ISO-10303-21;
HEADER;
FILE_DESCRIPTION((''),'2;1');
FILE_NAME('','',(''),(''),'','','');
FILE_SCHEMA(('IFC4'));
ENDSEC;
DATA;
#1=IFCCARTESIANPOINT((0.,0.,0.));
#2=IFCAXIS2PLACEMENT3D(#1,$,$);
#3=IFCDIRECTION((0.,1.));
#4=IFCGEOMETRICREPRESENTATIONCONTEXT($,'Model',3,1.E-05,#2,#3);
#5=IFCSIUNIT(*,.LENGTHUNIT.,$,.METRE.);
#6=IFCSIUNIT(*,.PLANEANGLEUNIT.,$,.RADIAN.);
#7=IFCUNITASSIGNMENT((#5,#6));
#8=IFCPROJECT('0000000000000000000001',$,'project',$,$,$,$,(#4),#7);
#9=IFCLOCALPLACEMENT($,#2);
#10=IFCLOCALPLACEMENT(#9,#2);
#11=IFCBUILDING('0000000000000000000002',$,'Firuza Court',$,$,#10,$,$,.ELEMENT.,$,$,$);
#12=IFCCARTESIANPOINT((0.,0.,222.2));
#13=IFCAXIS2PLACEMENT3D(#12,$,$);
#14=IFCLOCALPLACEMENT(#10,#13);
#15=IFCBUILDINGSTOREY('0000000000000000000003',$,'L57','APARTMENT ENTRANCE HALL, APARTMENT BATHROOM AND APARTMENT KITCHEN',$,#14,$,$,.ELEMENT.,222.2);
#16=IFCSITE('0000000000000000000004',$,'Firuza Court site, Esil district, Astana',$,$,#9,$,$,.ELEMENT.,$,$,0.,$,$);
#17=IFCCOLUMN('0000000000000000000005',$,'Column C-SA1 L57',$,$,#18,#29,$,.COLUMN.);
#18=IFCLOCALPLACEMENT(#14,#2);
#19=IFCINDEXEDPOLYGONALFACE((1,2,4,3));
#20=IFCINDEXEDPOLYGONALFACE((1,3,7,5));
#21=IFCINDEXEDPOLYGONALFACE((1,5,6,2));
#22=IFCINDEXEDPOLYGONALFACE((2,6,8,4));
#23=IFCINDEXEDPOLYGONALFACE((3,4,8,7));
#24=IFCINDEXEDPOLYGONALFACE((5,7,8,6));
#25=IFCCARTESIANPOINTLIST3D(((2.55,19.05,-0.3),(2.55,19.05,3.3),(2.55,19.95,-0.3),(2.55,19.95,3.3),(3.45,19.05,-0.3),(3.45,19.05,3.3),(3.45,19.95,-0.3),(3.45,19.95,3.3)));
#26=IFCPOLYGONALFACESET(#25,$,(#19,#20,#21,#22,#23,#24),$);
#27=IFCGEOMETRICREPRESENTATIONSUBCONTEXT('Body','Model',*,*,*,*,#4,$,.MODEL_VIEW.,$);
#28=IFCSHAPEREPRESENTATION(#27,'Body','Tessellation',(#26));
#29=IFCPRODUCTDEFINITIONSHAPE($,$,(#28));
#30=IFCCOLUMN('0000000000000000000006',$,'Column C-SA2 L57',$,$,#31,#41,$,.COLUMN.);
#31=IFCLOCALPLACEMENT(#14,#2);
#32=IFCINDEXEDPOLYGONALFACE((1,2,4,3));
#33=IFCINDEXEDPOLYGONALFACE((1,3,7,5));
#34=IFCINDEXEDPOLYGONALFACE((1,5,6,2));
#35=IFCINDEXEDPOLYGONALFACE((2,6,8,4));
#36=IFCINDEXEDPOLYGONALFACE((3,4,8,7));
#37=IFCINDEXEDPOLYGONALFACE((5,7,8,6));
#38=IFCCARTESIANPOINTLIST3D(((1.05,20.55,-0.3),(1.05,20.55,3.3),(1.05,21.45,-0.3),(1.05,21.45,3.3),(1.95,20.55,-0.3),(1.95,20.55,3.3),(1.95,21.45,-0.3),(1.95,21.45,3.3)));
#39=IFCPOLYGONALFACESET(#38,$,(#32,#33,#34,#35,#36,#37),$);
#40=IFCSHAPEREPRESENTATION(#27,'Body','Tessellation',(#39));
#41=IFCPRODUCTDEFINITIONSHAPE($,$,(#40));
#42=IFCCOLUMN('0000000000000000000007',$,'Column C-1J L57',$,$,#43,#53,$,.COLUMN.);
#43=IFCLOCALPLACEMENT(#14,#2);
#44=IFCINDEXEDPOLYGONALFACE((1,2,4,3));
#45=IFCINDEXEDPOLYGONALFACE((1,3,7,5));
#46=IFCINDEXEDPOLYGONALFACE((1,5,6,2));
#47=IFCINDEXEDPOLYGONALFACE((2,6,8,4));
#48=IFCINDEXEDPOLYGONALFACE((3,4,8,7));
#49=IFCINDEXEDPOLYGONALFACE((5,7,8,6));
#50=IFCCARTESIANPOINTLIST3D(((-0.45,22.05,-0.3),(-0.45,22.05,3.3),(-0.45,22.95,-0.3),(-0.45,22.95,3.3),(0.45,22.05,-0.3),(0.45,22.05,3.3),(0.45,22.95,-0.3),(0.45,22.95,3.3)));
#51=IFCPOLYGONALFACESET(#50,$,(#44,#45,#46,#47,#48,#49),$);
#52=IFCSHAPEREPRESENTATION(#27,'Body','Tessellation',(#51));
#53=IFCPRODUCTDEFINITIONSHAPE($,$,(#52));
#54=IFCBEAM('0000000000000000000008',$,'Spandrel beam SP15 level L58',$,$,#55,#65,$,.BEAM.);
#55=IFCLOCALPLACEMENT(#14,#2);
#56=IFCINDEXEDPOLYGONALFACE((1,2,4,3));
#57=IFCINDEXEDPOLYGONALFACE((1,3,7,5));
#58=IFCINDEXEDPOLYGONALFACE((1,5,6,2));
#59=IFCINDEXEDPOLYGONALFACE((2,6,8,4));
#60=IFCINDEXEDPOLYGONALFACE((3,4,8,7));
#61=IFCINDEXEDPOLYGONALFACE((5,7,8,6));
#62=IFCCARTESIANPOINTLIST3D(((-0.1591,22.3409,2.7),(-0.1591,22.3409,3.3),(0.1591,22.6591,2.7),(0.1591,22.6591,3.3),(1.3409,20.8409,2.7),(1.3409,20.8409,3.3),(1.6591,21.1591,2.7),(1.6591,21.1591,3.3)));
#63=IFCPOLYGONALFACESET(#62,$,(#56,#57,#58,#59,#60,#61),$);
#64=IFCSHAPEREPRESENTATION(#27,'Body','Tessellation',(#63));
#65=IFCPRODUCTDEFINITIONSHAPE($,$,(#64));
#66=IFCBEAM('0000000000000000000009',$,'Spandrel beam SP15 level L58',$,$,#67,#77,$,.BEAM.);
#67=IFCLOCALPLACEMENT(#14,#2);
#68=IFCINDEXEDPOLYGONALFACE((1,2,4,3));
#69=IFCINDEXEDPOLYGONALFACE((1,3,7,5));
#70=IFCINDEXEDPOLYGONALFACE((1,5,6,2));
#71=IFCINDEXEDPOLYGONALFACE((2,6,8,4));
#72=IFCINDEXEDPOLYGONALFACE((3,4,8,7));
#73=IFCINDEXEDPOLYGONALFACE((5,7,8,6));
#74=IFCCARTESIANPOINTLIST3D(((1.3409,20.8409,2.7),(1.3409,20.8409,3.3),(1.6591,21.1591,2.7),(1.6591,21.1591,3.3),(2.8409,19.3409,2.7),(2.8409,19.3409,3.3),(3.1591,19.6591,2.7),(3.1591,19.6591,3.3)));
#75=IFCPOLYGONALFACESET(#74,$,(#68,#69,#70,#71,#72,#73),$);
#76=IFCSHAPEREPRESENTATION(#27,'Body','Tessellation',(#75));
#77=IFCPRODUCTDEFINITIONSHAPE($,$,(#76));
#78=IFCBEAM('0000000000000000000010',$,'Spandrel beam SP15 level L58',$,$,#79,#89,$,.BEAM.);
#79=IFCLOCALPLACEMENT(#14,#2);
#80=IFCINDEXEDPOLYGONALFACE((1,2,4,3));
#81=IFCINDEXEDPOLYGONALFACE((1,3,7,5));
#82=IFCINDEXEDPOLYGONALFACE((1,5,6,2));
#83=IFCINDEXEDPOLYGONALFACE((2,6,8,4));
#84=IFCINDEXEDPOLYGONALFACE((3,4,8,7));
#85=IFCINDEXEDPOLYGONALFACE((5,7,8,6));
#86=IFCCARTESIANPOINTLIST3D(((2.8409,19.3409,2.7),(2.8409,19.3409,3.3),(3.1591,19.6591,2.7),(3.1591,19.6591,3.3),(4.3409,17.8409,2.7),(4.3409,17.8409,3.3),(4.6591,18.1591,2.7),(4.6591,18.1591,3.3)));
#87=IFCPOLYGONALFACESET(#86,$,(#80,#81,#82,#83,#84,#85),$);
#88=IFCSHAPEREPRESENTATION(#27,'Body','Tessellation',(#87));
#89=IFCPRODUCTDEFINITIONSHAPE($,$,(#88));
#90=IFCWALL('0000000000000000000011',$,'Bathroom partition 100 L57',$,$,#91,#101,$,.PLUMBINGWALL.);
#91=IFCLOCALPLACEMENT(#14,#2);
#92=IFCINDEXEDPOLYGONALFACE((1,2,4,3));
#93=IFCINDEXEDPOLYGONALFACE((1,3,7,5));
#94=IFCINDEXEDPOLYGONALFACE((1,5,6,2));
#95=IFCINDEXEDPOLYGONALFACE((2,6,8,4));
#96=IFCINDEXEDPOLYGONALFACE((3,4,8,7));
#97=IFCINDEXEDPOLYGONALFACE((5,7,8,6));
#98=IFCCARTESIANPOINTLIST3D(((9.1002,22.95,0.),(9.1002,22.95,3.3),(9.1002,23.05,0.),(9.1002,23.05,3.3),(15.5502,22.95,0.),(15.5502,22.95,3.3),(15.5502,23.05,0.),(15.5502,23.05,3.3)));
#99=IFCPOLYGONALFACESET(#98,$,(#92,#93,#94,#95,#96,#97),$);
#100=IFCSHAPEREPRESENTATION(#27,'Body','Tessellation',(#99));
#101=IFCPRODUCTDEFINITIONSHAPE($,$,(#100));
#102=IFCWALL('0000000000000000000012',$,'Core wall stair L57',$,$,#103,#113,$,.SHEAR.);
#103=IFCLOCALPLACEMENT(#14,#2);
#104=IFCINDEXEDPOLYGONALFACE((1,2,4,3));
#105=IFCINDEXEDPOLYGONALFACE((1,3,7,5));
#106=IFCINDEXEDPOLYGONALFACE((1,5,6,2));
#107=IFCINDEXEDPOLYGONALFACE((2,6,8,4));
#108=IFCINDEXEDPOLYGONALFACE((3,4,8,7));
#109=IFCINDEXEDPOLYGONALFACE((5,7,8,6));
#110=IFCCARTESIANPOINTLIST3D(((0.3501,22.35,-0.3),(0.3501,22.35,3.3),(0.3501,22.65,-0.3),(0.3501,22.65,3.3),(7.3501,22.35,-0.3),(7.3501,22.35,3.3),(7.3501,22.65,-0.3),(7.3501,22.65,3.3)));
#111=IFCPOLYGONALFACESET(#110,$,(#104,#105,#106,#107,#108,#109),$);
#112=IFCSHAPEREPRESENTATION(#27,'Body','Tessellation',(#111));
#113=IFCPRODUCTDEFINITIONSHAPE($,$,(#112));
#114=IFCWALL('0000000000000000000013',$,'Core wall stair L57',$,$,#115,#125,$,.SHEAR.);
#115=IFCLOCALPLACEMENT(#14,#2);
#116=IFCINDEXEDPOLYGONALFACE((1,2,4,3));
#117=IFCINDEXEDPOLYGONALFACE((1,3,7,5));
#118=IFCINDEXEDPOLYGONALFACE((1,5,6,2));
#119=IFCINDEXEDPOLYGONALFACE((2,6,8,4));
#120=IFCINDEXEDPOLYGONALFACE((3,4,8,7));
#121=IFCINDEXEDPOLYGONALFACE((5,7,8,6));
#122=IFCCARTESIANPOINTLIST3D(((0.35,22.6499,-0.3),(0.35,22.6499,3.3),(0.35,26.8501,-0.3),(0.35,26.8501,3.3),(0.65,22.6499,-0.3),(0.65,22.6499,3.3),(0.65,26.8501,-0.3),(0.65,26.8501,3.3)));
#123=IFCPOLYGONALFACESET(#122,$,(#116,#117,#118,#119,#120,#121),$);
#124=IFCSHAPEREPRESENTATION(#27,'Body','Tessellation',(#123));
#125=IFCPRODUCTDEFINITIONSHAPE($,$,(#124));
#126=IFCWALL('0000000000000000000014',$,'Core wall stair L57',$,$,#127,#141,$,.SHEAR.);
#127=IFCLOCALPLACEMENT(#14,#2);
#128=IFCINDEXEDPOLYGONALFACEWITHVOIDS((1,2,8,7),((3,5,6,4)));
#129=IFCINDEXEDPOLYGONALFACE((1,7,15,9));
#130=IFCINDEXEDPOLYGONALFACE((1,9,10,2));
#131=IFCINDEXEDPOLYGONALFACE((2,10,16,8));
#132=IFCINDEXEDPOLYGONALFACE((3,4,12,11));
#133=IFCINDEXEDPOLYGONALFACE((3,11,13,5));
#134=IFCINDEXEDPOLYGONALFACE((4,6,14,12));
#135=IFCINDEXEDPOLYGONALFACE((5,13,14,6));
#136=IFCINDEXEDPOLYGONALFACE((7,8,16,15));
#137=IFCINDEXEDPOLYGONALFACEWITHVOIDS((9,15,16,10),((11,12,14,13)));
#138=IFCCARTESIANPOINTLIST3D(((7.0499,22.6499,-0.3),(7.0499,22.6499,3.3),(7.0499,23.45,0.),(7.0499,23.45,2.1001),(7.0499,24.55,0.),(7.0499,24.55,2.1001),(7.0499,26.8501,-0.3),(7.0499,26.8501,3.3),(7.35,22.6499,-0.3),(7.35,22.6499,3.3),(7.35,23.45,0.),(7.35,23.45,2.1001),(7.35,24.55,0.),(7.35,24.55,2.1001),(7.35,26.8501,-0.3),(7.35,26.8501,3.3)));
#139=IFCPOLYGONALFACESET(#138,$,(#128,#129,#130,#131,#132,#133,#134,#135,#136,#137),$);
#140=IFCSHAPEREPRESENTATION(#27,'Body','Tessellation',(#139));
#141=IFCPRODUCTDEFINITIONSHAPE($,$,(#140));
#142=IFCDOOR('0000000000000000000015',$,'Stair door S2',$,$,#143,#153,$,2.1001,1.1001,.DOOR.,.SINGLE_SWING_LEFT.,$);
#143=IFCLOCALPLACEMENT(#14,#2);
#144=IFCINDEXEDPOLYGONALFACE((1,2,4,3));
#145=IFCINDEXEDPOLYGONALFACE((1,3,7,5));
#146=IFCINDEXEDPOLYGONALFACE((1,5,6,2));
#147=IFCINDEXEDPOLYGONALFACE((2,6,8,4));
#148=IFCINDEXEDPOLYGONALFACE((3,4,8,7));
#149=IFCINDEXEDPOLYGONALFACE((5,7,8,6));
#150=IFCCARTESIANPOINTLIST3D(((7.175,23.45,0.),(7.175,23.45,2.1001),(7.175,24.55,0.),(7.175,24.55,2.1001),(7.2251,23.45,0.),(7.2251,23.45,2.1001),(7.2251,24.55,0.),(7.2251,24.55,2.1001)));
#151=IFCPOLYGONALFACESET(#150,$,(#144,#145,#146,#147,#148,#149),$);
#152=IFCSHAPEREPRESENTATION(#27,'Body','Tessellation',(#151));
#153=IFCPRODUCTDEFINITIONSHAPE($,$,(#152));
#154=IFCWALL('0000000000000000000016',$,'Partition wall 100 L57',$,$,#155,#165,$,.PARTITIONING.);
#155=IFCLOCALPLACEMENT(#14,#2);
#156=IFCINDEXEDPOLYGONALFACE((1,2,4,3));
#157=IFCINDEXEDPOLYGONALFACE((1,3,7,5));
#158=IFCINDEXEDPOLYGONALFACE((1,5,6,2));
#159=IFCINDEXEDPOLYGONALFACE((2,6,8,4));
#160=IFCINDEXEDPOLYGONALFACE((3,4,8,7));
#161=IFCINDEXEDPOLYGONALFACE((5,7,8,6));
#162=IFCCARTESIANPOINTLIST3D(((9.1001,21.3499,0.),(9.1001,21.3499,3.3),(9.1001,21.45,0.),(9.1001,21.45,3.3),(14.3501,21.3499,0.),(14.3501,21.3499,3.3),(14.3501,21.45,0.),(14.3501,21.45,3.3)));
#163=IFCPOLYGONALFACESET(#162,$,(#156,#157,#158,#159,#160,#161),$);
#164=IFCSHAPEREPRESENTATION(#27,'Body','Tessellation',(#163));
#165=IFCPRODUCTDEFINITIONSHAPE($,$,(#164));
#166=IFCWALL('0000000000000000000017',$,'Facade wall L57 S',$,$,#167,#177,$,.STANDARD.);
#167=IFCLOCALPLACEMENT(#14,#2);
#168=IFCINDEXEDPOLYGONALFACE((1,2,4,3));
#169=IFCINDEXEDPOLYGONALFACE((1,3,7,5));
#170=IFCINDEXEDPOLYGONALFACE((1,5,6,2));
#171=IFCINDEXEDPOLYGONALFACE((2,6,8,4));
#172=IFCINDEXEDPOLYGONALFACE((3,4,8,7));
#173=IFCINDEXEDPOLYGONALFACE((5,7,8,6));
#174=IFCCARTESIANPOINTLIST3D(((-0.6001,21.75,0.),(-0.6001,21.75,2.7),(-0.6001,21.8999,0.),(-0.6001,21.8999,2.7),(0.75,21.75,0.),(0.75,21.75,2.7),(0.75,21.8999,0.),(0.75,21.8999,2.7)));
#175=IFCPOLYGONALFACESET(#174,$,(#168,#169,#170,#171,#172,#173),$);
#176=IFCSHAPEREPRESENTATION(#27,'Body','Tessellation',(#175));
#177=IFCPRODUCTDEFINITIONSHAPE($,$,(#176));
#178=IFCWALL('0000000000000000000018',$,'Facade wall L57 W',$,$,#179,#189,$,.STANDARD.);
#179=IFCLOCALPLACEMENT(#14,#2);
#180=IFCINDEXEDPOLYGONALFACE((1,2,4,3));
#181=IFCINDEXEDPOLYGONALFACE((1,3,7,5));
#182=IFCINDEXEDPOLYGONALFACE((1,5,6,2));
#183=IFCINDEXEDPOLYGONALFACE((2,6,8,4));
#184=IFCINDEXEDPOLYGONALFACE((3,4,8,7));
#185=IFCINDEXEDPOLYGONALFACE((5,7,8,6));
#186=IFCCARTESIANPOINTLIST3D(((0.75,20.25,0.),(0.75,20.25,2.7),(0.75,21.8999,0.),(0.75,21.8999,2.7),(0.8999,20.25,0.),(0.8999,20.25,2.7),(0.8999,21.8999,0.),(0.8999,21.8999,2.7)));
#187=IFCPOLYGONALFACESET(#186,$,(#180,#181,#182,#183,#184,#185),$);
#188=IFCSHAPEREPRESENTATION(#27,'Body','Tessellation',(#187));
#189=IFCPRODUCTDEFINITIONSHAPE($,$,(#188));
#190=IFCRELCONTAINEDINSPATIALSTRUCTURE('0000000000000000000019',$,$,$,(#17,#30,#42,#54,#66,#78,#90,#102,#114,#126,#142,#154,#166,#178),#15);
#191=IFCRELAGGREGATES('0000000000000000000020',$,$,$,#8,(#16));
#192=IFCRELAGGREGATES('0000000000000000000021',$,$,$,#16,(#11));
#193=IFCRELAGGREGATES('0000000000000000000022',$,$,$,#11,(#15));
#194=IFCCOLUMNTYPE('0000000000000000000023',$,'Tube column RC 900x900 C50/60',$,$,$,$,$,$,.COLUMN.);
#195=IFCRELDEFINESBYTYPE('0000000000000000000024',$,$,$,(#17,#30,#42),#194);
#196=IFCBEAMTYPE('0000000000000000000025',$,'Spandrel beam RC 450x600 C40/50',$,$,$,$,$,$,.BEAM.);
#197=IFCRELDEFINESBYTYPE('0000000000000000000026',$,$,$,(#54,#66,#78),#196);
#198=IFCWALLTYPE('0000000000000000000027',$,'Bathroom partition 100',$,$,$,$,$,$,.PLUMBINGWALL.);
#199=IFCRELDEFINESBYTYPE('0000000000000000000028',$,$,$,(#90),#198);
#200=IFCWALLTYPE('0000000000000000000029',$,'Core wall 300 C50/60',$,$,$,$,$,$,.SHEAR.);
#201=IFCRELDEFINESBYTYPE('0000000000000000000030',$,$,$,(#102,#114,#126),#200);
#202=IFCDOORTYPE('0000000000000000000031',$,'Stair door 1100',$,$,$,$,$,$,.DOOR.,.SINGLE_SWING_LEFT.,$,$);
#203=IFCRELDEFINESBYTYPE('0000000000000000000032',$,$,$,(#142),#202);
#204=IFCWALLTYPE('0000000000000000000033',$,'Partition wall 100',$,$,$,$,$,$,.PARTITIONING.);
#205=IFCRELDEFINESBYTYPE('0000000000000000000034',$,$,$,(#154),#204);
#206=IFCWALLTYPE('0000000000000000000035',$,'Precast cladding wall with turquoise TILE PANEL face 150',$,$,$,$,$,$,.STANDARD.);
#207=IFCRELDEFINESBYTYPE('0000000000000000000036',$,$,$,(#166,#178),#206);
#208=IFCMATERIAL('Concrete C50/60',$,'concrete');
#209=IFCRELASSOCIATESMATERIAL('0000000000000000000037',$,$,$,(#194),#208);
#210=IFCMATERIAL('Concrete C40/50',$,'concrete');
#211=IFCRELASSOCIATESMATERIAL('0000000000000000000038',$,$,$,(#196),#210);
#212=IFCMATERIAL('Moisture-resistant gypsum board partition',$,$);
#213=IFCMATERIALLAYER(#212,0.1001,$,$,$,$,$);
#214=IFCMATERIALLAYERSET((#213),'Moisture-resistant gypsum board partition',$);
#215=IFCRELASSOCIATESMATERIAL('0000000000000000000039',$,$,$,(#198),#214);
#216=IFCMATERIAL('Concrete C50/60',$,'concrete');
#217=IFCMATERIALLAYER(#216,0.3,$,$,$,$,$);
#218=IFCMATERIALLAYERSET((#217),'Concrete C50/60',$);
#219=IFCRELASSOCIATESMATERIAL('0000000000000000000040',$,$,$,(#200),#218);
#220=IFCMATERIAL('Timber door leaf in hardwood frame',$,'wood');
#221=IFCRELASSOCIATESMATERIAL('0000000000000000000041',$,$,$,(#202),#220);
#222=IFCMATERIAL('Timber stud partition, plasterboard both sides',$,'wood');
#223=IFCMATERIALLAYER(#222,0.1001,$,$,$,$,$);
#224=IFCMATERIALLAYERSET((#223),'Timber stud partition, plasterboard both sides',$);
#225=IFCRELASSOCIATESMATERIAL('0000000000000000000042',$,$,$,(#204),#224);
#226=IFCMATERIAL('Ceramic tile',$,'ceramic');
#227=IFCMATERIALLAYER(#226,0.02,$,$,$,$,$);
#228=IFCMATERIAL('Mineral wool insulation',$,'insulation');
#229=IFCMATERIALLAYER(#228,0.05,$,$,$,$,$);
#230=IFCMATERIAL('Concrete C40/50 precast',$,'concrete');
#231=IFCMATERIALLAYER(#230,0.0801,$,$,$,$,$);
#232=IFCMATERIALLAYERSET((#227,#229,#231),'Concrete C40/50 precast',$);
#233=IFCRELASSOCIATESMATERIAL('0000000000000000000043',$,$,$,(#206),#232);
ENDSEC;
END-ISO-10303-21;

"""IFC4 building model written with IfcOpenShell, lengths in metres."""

from ifc_helpers import new_model, si_unit, direction, frame, frame_2d, origin, origin_2d, place, context, subcontext, project, spatial, rectangle, extrude, material, layer, layer_set, material_profile, profile_set, type_object, element, fill, save


model = new_model("IFC4")

# Units and contexts
model_context = context("Model", 3, precision=1e-05, world=origin(), true_north=direction((0.0, 1.0)))
body_context = subcontext(model_context, "Body", "Model", "MODEL_VIEW")
ifc_project = project(units=[si_unit("LENGTHUNIT", "METRE"), si_unit("PLANEANGLEUNIT", "RADIAN")], contexts=[model_context])

# Site, building, storey
site_placement = place(None, origin())
site = spatial("IfcSite", under=ifc_project, at=site_placement, Name="Firuza Court site, Esil district, Astana", CompositionType="ELEMENT", RefElevation=0.0)
building_placement = place(site_placement, origin())
building = spatial("IfcBuilding", under=site, at=building_placement, Name="Firuza Court", CompositionType="ELEMENT")
storey_placement = place(building_placement, frame((0.0, 0.0, 222.2)))
storey = spatial("IfcBuildingStorey", under=building, at=storey_placement, Name="L57", Description="APARTMENT ENTRANCE HALL, APARTMENT BATHROOM AND APARTMENT KITCHEN", CompositionType="ELEMENT", Elevation=222.2)

# Columns
ifc_material_1 = material(Name="Concrete C50/60", Category="concrete")
ifc_material_profile_1 = material_profile(ifc_material_1, rectangle(XDim=0.8999, YDim=0.8999, at=origin_2d()), Name="RC 900x900")
ifc_profile_set_1 = profile_set([ifc_material_profile_1], Name="Concrete C50/60")
column_type = type_object("IfcColumnType", Name="Tube column RC 900x900 C50/60", PredefinedType="COLUMN", material=ifc_profile_set_1)
for number, where, z_axis, x_axis, name in (
    (1, (3.0, 19.5, -0.3), (0.0, 0.0, 1.0), (1.0, 0.0, 0.0), "Column C-SA1 L57"),
    (2, (1.5, 21.0, -0.3), (0.0, 0.0, 1.0), (1.0, 0.0, 0.0), "Column C-SA2 L57"),
    (3, (0.0, 22.5, -0.3), (0.0, 0.0, 1.0), (1.0, 0.0, 0.0), "Column C-1J L57"),
):
    element("IfcColumn", number, at=place(storey_placement, frame(where, z_axis=z_axis, x_axis=x_axis)), inside=storey, type_object=column_type, Name=name, PredefinedType="COLUMN", context=body_context, shape_type="SweptSolid", body=[
        extrude(rectangle(XDim=0.8999, YDim=0.8999, at=origin_2d()), origin(), (0.0, 0.0, 1.0), 3.6001),
    ])

# Beams
ifc_material_2 = material(Name="Concrete C40/50", Category="concrete")
ifc_material_profile_2 = material_profile(ifc_material_2, rectangle(XDim=0.45, YDim=0.6001, at=origin_2d()), Name="RC 450x600")
ifc_profile_set_2 = profile_set([ifc_material_profile_2], Name="Concrete C40/50")
beam_type = type_object("IfcBeamType", Name="Spandrel beam RC 450x600 C40/50", PredefinedType="BEAM", material=ifc_profile_set_2)
for number, where, z_axis, x_axis, name in (
    (4, (0.0, 22.5, 3.0), (0.707107, -0.707107, 0.0), (0.707107, 0.707107, 0.0), "Spandrel beam SP15 level L58"),
    (5, (1.5, 21.0, 3.0), (0.707107, -0.707107, 0.0), (0.707107, 0.707107, 0.0), "Spandrel beam SP15 level L58"),
    (6, (3.0, 19.5, 3.0), (0.707107, -0.707107, 0.0), (0.707107, 0.707107, 0.0), "Spandrel beam SP15 level L58"),
):
    element("IfcBeam", number, at=place(storey_placement, frame(where, z_axis=z_axis, x_axis=x_axis)), inside=storey, type_object=beam_type, Name=name, PredefinedType="BEAM", context=body_context, shape_type="SweptSolid", body=[
        extrude(rectangle(XDim=0.45, YDim=0.6001, at=origin_2d()), origin(), (0.0, 0.0, 1.0), 2.1213),
    ])

# Walls
ifc_material_3 = material(Name="Moisture-resistant gypsum board partition")
ifc_layer_1 = layer(ifc_material_3, 0.1001)
ifc_layer_set_1 = layer_set([ifc_layer_1], Name="Moisture-resistant gypsum board partition")
wall_type_1 = type_object("IfcWallType", Name="Bathroom partition 100", PredefinedType="PLUMBINGWALL", material=ifc_layer_set_1)
wall_1_placement = place(storey_placement, frame((9.1001, 23.0, 0.0), z_axis=(0.0, 0.0, 1.0), x_axis=(1.0, 0.0, 0.0)))
element("IfcWall", 7, at=wall_1_placement, inside=storey, type_object=wall_type_1, Name="Bathroom partition 100 L57", PredefinedType="PLUMBINGWALL", context=body_context, shape_type="SweptSolid", body=[
    extrude(rectangle(XDim=6.45, YDim=0.1001, at=frame_2d((3.2251, 0.0))), origin(), (0.0, 0.0, 1.0), 3.3),
])
ifc_material_4 = material(Name="Concrete C50/60", Category="concrete")
ifc_layer_2 = layer(ifc_material_4, 0.3)
ifc_layer_set_2 = layer_set([ifc_layer_2], Name="Concrete C50/60")
wall_type_2 = type_object("IfcWallType", Name="Core wall 300 C50/60", PredefinedType="SHEAR", material=ifc_layer_set_2)
wall_2_placement = place(storey_placement, frame((0.3501, 22.5, -0.3), z_axis=(0.0, 0.0, 1.0), x_axis=(1.0, 0.0, 0.0)))
element("IfcWall", 8, at=wall_2_placement, inside=storey, type_object=wall_type_2, Name="Core wall stair L57", PredefinedType="SHEAR", context=body_context, shape_type="SweptSolid", body=[
    extrude(rectangle(XDim=7.0, YDim=0.3, at=frame_2d((3.5, 0.0))), origin(), (0.0, 0.0, 1.0), 3.6001),
])
wall_3_placement = place(storey_placement, frame((0.5, 22.6499, -0.3), z_axis=(0.0, 0.0, 1.0), x_axis=(0.0, 1.0, 0.0)))
element("IfcWall", 9, at=wall_3_placement, inside=storey, type_object=wall_type_2, Name="Core wall stair L57", PredefinedType="SHEAR", context=body_context, shape_type="SweptSolid", body=[
    extrude(rectangle(XDim=4.2002, YDim=0.3, at=frame_2d((2.1001, 0.0))), origin(), (0.0, 0.0, 1.0), 3.6001),
])

# Wall, opening, door
wall_4_placement = place(storey_placement, frame((7.2, 22.6499, -0.3), z_axis=(0.0, 0.0, 1.0), x_axis=(0.0, 1.0, 0.0)))
wall_4 = element("IfcWall", 10, at=wall_4_placement, inside=storey, type_object=wall_type_2, Name="Core wall stair L57", PredefinedType="SHEAR", context=body_context, shape_type="SweptSolid", body=[
    extrude(rectangle(XDim=4.2002, YDim=0.3, at=frame_2d((2.1001, 0.0))), origin(), (0.0, 0.0, 1.0), 3.6001),
])
opening_placement = place(wall_4_placement, frame((0.8, 0.0, 0.3)))
opening = element("IfcOpeningElement", 11, at=opening_placement, cuts=wall_4, PredefinedType="OPENING", context=body_context, shape_type="SweptSolid", body=[
    extrude(rectangle(XDim=1.1001, YDim=2.1001, at=frame_2d((0.55, 1.05))), frame((0.0, 0.1621, 0.0), z_axis=(0.0, -1.0, 0.0), x_axis=(1.0, 0.0, 0.0)), (0.0, 0.0, 1.0), 0.324),
])
ifc_material_5 = material(Name="Timber door leaf in hardwood frame", Category="wood")
door_type = type_object("IfcDoorType", Name="Stair door 1100", OperationType="SINGLE_SWING_LEFT", PredefinedType="DOOR", material=ifc_material_5)
door_placement = place(opening_placement, origin())
door = element("IfcDoor", 12, at=door_placement, inside=storey, type_object=door_type, Name="Stair door S2", OperationType="SINGLE_SWING_LEFT", OverallHeight=2.1001, OverallWidth=1.1001, PredefinedType="DOOR", context=body_context, shape_type="SweptSolid", body=[
    extrude(rectangle(XDim=1.1001, YDim=2.1001, at=frame_2d((0.55, 1.05))), frame((0.0, 0.0249, 0.0), z_axis=(0.0, -1.0, 0.0), x_axis=(1.0, 0.0, 0.0)), (0.0, 0.0, 1.0), 0.05),
])
fill(opening, door)

# Walls
ifc_material_6 = material(Name="Timber stud partition, plasterboard both sides", Category="wood")
ifc_layer_3 = layer(ifc_material_6, 0.1001)
ifc_layer_set_3 = layer_set([ifc_layer_3], Name="Timber stud partition, plasterboard both sides")
wall_type_3 = type_object("IfcWallType", Name="Partition wall 100", PredefinedType="PARTITIONING", material=ifc_layer_set_3)
wall_5_placement = place(storey_placement, frame((9.1001, 21.3999, 0.0), z_axis=(0.0, 0.0, 1.0), x_axis=(1.0, 0.0, 0.0)))
element("IfcWall", 13, at=wall_5_placement, inside=storey, type_object=wall_type_3, Name="Partition wall 100 L57", PredefinedType="PARTITIONING", context=body_context, shape_type="SweptSolid", body=[
    extrude(rectangle(XDim=5.25, YDim=0.1001, at=frame_2d((2.625, 0.0))), origin(), (0.0, 0.0, 1.0), 3.3),
])
ifc_material_7 = material(Name="Ceramic tile", Category="ceramic")
ifc_layer_4 = layer(ifc_material_7, 0.02)
ifc_material_8 = material(Name="Mineral wool insulation", Category="insulation")
ifc_layer_5 = layer(ifc_material_8, 0.05)
ifc_material_9 = material(Name="Concrete C40/50 precast", Category="concrete")
ifc_layer_6 = layer(ifc_material_9, 0.0801)
ifc_layer_set_4 = layer_set([ifc_layer_4, ifc_layer_5, ifc_layer_6], Name="Concrete C40/50 precast")
wall_type_4 = type_object("IfcWallType", Name="Precast cladding wall with turquoise TILE PANEL face 150", PredefinedType="STANDARD", material=ifc_layer_set_4)
wall_6_placement = place(storey_placement, frame((-0.6001, 21.825, 0.0), z_axis=(0.0, 0.0, 1.0), x_axis=(1.0, 0.0, 0.0)))
element("IfcWall", 14, at=wall_6_placement, inside=storey, type_object=wall_type_4, Name="Facade wall L57 S", PredefinedType="STANDARD", context=body_context, shape_type="SweptSolid", body=[
    extrude(rectangle(XDim=1.3501, YDim=0.1499, at=frame_2d((0.675, 0.0))), origin(), (0.0, 0.0, 1.0), 2.7),
])
wall_7_placement = place(storey_placement, frame((0.825, 21.8999, 0.0), z_axis=(0.0, 0.0, 1.0), x_axis=(0.0, -1.0, 0.0)))
element("IfcWall", 15, at=wall_7_placement, inside=storey, type_object=wall_type_4, Name="Facade wall L57 W", PredefinedType="STANDARD", context=body_context, shape_type="SweptSolid", body=[
    extrude(rectangle(XDim=1.6499, YDim=0.1499, at=frame_2d((0.825, 0.0))), origin(), (0.0, 0.0, 1.0), 2.7),
])

save(model, "model.ifc")
